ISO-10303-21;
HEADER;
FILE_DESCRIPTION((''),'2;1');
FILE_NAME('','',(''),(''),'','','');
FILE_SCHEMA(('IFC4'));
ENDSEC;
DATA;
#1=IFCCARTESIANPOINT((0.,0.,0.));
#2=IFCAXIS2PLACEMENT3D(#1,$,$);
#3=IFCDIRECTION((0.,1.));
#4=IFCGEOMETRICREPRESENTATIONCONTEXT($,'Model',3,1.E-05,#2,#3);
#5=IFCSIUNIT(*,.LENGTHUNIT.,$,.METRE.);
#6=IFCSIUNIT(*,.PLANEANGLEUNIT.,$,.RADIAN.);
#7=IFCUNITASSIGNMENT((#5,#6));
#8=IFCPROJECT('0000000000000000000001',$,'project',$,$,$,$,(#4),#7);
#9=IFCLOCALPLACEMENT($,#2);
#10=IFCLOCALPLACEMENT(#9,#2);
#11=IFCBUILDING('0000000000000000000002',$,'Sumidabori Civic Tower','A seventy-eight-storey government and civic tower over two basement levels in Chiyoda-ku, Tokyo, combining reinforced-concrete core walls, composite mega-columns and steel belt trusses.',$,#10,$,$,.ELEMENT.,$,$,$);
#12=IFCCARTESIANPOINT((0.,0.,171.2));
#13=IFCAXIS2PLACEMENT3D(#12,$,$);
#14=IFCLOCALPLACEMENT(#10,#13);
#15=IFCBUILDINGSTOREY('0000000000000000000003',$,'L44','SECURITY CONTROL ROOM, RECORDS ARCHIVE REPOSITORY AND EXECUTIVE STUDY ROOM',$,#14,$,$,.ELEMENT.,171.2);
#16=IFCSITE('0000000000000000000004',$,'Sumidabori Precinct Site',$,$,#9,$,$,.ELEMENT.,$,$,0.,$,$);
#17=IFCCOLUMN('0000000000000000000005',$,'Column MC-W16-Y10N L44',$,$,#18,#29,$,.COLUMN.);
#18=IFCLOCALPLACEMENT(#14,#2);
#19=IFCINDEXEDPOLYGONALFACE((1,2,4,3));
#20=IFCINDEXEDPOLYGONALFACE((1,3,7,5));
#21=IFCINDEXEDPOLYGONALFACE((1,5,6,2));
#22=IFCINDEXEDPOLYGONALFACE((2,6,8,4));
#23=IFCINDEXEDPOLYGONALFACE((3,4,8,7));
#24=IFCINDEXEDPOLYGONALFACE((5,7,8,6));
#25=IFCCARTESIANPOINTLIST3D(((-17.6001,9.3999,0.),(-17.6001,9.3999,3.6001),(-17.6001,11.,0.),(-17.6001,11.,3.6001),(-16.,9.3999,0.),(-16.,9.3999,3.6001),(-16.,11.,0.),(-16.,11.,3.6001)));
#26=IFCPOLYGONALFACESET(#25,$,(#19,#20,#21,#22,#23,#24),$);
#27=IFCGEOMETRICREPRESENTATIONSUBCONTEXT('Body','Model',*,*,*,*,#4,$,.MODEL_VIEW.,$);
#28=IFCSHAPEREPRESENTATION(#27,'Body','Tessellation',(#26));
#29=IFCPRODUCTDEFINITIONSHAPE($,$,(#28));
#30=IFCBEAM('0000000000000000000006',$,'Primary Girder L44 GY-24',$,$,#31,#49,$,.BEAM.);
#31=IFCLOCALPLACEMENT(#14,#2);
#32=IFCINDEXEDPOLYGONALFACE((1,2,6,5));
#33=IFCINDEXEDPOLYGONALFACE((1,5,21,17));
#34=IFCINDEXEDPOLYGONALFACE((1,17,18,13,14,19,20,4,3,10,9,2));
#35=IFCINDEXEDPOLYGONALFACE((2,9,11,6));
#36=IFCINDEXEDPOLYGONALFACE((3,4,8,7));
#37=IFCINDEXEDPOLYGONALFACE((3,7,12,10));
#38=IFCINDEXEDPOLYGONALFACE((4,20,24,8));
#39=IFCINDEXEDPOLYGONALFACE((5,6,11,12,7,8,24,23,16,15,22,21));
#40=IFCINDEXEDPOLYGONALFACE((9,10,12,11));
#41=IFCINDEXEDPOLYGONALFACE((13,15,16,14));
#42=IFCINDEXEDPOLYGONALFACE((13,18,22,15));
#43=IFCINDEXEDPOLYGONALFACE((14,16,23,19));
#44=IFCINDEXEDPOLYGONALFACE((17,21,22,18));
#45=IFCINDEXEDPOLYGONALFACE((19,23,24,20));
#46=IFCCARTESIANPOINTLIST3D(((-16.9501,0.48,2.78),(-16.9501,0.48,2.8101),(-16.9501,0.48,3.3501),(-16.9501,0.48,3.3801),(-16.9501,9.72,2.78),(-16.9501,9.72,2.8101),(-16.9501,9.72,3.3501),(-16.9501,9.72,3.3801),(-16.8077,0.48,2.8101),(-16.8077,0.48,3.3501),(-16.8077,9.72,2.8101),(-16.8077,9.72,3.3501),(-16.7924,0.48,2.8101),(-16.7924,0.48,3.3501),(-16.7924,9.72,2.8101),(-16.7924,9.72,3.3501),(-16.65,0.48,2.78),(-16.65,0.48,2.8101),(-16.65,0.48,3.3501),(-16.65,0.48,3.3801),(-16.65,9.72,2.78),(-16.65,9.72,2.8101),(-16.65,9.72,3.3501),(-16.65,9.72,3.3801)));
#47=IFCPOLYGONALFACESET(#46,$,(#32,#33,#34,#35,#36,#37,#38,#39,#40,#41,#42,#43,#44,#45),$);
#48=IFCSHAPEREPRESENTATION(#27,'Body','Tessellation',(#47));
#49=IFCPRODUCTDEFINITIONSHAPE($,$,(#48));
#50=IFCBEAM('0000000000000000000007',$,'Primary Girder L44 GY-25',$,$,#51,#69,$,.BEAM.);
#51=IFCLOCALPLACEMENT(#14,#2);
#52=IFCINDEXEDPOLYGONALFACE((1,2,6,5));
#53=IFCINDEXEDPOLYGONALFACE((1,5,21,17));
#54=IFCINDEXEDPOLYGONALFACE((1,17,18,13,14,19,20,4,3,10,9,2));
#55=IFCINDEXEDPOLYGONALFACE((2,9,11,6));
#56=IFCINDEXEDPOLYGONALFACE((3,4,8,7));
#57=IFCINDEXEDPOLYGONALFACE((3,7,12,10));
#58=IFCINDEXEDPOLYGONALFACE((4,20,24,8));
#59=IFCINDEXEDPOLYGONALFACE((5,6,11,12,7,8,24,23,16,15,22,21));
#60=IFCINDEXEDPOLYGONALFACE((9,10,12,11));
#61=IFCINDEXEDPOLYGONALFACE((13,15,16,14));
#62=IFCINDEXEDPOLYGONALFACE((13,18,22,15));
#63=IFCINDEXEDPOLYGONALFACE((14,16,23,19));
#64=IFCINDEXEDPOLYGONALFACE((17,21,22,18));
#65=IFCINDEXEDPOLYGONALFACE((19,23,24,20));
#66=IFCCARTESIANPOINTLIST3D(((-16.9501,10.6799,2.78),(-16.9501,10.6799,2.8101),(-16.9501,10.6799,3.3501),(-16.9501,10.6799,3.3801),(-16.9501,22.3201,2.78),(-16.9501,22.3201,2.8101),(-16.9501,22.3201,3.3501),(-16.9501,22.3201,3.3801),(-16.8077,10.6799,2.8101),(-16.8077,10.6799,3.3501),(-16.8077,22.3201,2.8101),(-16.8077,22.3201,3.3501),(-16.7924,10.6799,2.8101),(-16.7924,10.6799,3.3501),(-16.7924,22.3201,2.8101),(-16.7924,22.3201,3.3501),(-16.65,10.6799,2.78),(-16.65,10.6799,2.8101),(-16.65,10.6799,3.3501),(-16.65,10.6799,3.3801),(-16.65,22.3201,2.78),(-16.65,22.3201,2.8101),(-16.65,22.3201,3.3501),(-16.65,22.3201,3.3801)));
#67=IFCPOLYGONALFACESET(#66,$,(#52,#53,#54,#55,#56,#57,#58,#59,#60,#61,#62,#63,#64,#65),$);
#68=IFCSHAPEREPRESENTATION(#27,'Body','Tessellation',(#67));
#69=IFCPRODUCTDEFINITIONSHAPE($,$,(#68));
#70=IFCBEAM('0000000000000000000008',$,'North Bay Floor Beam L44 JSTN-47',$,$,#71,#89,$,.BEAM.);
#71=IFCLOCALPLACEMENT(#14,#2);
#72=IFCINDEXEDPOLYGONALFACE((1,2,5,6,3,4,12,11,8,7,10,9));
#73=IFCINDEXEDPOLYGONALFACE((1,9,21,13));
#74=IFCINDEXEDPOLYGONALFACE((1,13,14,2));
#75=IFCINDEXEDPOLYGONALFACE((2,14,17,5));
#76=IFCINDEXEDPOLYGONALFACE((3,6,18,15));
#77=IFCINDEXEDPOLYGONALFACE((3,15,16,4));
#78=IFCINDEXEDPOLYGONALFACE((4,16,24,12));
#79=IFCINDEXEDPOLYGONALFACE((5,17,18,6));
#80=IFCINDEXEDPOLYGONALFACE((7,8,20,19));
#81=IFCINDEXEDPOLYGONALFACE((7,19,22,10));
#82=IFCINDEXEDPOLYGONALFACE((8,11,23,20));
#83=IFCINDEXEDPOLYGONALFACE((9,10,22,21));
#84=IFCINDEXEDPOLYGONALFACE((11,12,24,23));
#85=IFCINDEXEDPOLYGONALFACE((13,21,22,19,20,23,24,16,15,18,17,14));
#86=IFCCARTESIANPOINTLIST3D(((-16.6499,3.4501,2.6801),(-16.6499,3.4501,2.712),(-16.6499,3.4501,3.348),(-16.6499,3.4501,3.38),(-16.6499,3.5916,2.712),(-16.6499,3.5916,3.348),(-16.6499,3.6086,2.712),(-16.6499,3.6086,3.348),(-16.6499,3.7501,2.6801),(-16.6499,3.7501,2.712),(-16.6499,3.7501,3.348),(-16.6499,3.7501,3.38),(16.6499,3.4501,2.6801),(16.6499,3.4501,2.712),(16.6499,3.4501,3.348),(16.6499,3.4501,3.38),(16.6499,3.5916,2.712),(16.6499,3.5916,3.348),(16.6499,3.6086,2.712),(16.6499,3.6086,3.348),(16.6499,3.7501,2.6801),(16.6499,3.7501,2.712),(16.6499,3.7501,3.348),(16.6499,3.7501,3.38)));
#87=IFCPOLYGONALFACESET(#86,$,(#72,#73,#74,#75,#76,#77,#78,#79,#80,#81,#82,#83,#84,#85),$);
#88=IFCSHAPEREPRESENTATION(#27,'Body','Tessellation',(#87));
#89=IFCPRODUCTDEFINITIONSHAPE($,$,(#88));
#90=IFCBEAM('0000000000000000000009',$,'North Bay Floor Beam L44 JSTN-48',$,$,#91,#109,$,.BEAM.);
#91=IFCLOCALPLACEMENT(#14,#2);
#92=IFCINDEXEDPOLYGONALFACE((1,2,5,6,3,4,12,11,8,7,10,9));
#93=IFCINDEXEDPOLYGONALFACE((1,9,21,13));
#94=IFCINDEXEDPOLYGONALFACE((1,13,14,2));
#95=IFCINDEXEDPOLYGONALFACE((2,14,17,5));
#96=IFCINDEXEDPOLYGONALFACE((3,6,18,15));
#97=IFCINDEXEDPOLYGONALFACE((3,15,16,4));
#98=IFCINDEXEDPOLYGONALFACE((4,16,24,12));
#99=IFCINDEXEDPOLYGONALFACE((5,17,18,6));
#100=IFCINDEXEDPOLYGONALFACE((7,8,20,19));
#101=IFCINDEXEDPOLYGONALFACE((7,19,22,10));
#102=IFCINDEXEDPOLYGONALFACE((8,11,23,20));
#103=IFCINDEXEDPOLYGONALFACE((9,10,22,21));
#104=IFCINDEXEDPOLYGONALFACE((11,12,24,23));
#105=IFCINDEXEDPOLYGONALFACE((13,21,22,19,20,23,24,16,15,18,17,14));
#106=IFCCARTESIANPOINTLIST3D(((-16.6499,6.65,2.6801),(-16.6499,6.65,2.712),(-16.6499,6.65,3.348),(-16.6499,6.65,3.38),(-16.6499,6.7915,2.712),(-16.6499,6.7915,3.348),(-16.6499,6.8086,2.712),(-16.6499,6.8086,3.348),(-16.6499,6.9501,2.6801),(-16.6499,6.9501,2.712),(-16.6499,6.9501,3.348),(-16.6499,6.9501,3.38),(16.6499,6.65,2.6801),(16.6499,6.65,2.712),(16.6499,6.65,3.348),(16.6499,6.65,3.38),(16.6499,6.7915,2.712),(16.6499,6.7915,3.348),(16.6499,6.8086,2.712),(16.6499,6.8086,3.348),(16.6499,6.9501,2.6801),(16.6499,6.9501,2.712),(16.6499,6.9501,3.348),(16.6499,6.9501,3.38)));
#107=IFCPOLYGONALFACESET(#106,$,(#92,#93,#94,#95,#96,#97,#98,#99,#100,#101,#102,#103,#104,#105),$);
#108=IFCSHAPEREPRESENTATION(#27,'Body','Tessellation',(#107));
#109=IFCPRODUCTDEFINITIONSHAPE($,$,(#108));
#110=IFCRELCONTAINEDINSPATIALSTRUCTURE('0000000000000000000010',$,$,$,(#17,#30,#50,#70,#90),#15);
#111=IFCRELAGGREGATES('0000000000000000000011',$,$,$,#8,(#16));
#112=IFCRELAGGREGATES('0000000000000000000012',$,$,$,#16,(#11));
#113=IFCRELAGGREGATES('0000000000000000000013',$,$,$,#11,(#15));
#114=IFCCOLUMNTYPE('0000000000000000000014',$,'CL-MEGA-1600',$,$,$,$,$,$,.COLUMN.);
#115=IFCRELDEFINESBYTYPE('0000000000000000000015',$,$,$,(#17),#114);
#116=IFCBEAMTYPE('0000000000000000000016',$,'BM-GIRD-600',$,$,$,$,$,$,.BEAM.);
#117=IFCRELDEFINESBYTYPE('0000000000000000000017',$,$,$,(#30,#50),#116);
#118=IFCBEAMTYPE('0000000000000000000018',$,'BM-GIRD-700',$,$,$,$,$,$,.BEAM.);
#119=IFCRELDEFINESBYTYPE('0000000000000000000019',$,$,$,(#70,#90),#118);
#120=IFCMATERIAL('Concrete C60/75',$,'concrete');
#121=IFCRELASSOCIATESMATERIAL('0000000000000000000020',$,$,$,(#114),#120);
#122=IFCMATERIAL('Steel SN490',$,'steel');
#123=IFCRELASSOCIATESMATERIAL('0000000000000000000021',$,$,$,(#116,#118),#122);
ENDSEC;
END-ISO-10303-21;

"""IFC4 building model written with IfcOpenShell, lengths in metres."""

from ifc_helpers import new_model, si_unit, direction, frame, origin, origin_2d, place, context, subcontext, project, spatial, rectangle, i_section, extrude, source, transform, mapped, material, material_profile, profile_set, type_object, element, save


model = new_model("IFC4")

# Units and contexts
model_context = context("Model", 3, precision=1e-05, world=origin(), true_north=direction((0.0, 1.0)))
body_context = subcontext(model_context, "Body", "Model", "MODEL_VIEW")
ifc_project = project(units=[si_unit("LENGTHUNIT", "METRE"), si_unit("PLANEANGLEUNIT", "RADIAN")], contexts=[model_context])

# Site, building, storey
site_placement = place(None, origin())
site = spatial("IfcSite", under=ifc_project, at=site_placement, Name="Sumidabori Precinct Site", CompositionType="ELEMENT", RefElevation=0.0)
building_placement = place(site_placement, origin())
building = spatial("IfcBuilding", under=site, at=building_placement, Name="Sumidabori Civic Tower", Description="A seventy-eight-storey government and civic tower over two basement levels in Chiyoda-ku, Tokyo, combining reinforced-concrete core walls, composite mega-columns and steel belt trusses.", CompositionType="ELEMENT")
storey_placement = place(building_placement, frame((0.0, 0.0, 171.2)))
storey = spatial("IfcBuildingStorey", under=building, at=storey_placement, Name="L44", Description="SECURITY CONTROL ROOM, RECORDS ARCHIVE REPOSITORY AND EXECUTIVE STUDY ROOM", CompositionType="ELEMENT", Elevation=171.2)

# Column
ifc_material_1 = material(Name="Concrete C60/75", Category="concrete")
ifc_material_profile_1 = material_profile(ifc_material_1, rectangle(XDim=1.6001, YDim=1.6001, at=origin_2d()), Name="RC 1600x1600")
ifc_profile_set_1 = profile_set([ifc_material_profile_1], Name="Concrete C60/75")
column_type = type_object("IfcColumnType", Name="CL-MEGA-1600", PredefinedType="COLUMN", material=ifc_profile_set_1)
shared_shape_1 = source(origin(), body_context, "Body", "SweptSolid", [
    extrude(rectangle(XDim=1.6001, YDim=1.6001, at=origin_2d()), origin(), (0.0, 0.0, 1.0), 3.6001),
])
column_placement = place(storey_placement, frame((-16.8, 10.2, 0.0), z_axis=(0.0, 0.0, 1.0), x_axis=(1.0, 0.0, 0.0)))
element("IfcColumn", 1, at=column_placement, inside=storey, type_object=column_type, Name="Column MC-W16-Y10N L44", PredefinedType="COLUMN", context=body_context, shape_type="MappedRepresentation", body=[
    mapped(shared_shape_1, transform((0.0, 0.0, 0.0), x_axis=(1.0, 0.0, 0.0), y_axis=(0.0, 1.0, 0.0), z_axis=(0.0, 0.0, 1.0), scale=1.0)),
])

# Beams
ifc_material_2 = material(Name="Steel SN490", Category="steel")
ifc_material_profile_2 = material_profile(ifc_material_2, i_section(OverallWidth=0.3, OverallDepth=0.6001, WebThickness=0.0154, FlangeThickness=0.03, at=origin_2d()), Name="HE 600 B")
ifc_profile_set_2 = profile_set([ifc_material_profile_2], Name="Steel SN490")
beam_type_1 = type_object("IfcBeamType", Name="BM-GIRD-600", PredefinedType="BEAM", material=ifc_profile_set_2)
shared_shape_2 = source(origin(), body_context, "Body", "SweptSolid", [
    extrude(i_section(OverallWidth=0.3, OverallDepth=0.6001, WebThickness=0.0154, FlangeThickness=0.03, at=origin_2d()), origin(), (0.0, 0.0, 1.0), 9.24),
])
beam_1_placement = place(storey_placement, frame((-16.8, 0.48, 3.0801), z_axis=(0.0, 1.0, 0.0), x_axis=(-1.0, 0.0, 0.0)))
element("IfcBeam", 2, at=beam_1_placement, inside=storey, type_object=beam_type_1, Name="Primary Girder L44 GY-24", PredefinedType="BEAM", context=body_context, shape_type="MappedRepresentation", body=[
    mapped(shared_shape_2, transform((0.0, 0.0, 0.0), x_axis=(1.0, 0.0, 0.0), y_axis=(0.0, 1.0, 0.0), z_axis=(0.0, 0.0, 1.0), scale=1.0)),
])
shared_shape_3 = source(origin(), body_context, "Body", "SweptSolid", [
    extrude(i_section(OverallWidth=0.3, OverallDepth=0.6001, WebThickness=0.0154, FlangeThickness=0.03, at=origin_2d()), origin(), (0.0, 0.0, 1.0), 11.6401),
])
beam_2_placement = place(storey_placement, frame((-16.8, 10.6799, 3.0801), z_axis=(0.0, 1.0, 0.0), x_axis=(-1.0, 0.0, 0.0)))
element("IfcBeam", 3, at=beam_2_placement, inside=storey, type_object=beam_type_1, Name="Primary Girder L44 GY-25", PredefinedType="BEAM", context=body_context, shape_type="MappedRepresentation", body=[
    mapped(shared_shape_3, transform((0.0, 0.0, 0.0), x_axis=(1.0, 0.0, 0.0), y_axis=(0.0, 1.0, 0.0), z_axis=(0.0, 0.0, 1.0), scale=1.0)),
])
ifc_material_profile_3 = material_profile(ifc_material_2, i_section(OverallWidth=0.3, OverallDepth=0.7, WebThickness=0.0171, FlangeThickness=0.032, at=origin_2d()), Name="HE 700 B")
ifc_profile_set_3 = profile_set([ifc_material_profile_3], Name="Steel SN490")
beam_type_2 = type_object("IfcBeamType", Name="BM-GIRD-700", PredefinedType="BEAM", material=ifc_profile_set_3)
shared_shape_4 = source(origin(), body_context, "Body", "SweptSolid", [
    extrude(i_section(OverallWidth=0.3, OverallDepth=0.7, WebThickness=0.0171, FlangeThickness=0.032, at=origin_2d()), origin(), (0.0, 0.0, 1.0), 33.2998),
])
for number, where, z_axis, x_axis, name in (
    (4, (-16.6499, 3.6001, 3.03), (1.0, 0.0, 0.0), (0.0, 1.0, 0.0), "North Bay Floor Beam L44 JSTN-47"),
    (5, (-16.6499, 6.8, 3.03), (1.0, 0.0, 0.0), (0.0, 1.0, 0.0), "North Bay Floor Beam L44 JSTN-48"),
):
    element("IfcBeam", number, at=place(storey_placement, frame(where, z_axis=z_axis, x_axis=x_axis)), inside=storey, type_object=beam_type_2, Name=name, PredefinedType="BEAM", context=body_context, shape_type="MappedRepresentation", body=[
        mapped(shared_shape_4, transform((0.0, 0.0, 0.0), x_axis=(1.0, 0.0, 0.0), y_axis=(0.0, 1.0, 0.0), z_axis=(0.0, 0.0, 1.0), scale=1.0)),
    ])

save(model, "model.ifc")
